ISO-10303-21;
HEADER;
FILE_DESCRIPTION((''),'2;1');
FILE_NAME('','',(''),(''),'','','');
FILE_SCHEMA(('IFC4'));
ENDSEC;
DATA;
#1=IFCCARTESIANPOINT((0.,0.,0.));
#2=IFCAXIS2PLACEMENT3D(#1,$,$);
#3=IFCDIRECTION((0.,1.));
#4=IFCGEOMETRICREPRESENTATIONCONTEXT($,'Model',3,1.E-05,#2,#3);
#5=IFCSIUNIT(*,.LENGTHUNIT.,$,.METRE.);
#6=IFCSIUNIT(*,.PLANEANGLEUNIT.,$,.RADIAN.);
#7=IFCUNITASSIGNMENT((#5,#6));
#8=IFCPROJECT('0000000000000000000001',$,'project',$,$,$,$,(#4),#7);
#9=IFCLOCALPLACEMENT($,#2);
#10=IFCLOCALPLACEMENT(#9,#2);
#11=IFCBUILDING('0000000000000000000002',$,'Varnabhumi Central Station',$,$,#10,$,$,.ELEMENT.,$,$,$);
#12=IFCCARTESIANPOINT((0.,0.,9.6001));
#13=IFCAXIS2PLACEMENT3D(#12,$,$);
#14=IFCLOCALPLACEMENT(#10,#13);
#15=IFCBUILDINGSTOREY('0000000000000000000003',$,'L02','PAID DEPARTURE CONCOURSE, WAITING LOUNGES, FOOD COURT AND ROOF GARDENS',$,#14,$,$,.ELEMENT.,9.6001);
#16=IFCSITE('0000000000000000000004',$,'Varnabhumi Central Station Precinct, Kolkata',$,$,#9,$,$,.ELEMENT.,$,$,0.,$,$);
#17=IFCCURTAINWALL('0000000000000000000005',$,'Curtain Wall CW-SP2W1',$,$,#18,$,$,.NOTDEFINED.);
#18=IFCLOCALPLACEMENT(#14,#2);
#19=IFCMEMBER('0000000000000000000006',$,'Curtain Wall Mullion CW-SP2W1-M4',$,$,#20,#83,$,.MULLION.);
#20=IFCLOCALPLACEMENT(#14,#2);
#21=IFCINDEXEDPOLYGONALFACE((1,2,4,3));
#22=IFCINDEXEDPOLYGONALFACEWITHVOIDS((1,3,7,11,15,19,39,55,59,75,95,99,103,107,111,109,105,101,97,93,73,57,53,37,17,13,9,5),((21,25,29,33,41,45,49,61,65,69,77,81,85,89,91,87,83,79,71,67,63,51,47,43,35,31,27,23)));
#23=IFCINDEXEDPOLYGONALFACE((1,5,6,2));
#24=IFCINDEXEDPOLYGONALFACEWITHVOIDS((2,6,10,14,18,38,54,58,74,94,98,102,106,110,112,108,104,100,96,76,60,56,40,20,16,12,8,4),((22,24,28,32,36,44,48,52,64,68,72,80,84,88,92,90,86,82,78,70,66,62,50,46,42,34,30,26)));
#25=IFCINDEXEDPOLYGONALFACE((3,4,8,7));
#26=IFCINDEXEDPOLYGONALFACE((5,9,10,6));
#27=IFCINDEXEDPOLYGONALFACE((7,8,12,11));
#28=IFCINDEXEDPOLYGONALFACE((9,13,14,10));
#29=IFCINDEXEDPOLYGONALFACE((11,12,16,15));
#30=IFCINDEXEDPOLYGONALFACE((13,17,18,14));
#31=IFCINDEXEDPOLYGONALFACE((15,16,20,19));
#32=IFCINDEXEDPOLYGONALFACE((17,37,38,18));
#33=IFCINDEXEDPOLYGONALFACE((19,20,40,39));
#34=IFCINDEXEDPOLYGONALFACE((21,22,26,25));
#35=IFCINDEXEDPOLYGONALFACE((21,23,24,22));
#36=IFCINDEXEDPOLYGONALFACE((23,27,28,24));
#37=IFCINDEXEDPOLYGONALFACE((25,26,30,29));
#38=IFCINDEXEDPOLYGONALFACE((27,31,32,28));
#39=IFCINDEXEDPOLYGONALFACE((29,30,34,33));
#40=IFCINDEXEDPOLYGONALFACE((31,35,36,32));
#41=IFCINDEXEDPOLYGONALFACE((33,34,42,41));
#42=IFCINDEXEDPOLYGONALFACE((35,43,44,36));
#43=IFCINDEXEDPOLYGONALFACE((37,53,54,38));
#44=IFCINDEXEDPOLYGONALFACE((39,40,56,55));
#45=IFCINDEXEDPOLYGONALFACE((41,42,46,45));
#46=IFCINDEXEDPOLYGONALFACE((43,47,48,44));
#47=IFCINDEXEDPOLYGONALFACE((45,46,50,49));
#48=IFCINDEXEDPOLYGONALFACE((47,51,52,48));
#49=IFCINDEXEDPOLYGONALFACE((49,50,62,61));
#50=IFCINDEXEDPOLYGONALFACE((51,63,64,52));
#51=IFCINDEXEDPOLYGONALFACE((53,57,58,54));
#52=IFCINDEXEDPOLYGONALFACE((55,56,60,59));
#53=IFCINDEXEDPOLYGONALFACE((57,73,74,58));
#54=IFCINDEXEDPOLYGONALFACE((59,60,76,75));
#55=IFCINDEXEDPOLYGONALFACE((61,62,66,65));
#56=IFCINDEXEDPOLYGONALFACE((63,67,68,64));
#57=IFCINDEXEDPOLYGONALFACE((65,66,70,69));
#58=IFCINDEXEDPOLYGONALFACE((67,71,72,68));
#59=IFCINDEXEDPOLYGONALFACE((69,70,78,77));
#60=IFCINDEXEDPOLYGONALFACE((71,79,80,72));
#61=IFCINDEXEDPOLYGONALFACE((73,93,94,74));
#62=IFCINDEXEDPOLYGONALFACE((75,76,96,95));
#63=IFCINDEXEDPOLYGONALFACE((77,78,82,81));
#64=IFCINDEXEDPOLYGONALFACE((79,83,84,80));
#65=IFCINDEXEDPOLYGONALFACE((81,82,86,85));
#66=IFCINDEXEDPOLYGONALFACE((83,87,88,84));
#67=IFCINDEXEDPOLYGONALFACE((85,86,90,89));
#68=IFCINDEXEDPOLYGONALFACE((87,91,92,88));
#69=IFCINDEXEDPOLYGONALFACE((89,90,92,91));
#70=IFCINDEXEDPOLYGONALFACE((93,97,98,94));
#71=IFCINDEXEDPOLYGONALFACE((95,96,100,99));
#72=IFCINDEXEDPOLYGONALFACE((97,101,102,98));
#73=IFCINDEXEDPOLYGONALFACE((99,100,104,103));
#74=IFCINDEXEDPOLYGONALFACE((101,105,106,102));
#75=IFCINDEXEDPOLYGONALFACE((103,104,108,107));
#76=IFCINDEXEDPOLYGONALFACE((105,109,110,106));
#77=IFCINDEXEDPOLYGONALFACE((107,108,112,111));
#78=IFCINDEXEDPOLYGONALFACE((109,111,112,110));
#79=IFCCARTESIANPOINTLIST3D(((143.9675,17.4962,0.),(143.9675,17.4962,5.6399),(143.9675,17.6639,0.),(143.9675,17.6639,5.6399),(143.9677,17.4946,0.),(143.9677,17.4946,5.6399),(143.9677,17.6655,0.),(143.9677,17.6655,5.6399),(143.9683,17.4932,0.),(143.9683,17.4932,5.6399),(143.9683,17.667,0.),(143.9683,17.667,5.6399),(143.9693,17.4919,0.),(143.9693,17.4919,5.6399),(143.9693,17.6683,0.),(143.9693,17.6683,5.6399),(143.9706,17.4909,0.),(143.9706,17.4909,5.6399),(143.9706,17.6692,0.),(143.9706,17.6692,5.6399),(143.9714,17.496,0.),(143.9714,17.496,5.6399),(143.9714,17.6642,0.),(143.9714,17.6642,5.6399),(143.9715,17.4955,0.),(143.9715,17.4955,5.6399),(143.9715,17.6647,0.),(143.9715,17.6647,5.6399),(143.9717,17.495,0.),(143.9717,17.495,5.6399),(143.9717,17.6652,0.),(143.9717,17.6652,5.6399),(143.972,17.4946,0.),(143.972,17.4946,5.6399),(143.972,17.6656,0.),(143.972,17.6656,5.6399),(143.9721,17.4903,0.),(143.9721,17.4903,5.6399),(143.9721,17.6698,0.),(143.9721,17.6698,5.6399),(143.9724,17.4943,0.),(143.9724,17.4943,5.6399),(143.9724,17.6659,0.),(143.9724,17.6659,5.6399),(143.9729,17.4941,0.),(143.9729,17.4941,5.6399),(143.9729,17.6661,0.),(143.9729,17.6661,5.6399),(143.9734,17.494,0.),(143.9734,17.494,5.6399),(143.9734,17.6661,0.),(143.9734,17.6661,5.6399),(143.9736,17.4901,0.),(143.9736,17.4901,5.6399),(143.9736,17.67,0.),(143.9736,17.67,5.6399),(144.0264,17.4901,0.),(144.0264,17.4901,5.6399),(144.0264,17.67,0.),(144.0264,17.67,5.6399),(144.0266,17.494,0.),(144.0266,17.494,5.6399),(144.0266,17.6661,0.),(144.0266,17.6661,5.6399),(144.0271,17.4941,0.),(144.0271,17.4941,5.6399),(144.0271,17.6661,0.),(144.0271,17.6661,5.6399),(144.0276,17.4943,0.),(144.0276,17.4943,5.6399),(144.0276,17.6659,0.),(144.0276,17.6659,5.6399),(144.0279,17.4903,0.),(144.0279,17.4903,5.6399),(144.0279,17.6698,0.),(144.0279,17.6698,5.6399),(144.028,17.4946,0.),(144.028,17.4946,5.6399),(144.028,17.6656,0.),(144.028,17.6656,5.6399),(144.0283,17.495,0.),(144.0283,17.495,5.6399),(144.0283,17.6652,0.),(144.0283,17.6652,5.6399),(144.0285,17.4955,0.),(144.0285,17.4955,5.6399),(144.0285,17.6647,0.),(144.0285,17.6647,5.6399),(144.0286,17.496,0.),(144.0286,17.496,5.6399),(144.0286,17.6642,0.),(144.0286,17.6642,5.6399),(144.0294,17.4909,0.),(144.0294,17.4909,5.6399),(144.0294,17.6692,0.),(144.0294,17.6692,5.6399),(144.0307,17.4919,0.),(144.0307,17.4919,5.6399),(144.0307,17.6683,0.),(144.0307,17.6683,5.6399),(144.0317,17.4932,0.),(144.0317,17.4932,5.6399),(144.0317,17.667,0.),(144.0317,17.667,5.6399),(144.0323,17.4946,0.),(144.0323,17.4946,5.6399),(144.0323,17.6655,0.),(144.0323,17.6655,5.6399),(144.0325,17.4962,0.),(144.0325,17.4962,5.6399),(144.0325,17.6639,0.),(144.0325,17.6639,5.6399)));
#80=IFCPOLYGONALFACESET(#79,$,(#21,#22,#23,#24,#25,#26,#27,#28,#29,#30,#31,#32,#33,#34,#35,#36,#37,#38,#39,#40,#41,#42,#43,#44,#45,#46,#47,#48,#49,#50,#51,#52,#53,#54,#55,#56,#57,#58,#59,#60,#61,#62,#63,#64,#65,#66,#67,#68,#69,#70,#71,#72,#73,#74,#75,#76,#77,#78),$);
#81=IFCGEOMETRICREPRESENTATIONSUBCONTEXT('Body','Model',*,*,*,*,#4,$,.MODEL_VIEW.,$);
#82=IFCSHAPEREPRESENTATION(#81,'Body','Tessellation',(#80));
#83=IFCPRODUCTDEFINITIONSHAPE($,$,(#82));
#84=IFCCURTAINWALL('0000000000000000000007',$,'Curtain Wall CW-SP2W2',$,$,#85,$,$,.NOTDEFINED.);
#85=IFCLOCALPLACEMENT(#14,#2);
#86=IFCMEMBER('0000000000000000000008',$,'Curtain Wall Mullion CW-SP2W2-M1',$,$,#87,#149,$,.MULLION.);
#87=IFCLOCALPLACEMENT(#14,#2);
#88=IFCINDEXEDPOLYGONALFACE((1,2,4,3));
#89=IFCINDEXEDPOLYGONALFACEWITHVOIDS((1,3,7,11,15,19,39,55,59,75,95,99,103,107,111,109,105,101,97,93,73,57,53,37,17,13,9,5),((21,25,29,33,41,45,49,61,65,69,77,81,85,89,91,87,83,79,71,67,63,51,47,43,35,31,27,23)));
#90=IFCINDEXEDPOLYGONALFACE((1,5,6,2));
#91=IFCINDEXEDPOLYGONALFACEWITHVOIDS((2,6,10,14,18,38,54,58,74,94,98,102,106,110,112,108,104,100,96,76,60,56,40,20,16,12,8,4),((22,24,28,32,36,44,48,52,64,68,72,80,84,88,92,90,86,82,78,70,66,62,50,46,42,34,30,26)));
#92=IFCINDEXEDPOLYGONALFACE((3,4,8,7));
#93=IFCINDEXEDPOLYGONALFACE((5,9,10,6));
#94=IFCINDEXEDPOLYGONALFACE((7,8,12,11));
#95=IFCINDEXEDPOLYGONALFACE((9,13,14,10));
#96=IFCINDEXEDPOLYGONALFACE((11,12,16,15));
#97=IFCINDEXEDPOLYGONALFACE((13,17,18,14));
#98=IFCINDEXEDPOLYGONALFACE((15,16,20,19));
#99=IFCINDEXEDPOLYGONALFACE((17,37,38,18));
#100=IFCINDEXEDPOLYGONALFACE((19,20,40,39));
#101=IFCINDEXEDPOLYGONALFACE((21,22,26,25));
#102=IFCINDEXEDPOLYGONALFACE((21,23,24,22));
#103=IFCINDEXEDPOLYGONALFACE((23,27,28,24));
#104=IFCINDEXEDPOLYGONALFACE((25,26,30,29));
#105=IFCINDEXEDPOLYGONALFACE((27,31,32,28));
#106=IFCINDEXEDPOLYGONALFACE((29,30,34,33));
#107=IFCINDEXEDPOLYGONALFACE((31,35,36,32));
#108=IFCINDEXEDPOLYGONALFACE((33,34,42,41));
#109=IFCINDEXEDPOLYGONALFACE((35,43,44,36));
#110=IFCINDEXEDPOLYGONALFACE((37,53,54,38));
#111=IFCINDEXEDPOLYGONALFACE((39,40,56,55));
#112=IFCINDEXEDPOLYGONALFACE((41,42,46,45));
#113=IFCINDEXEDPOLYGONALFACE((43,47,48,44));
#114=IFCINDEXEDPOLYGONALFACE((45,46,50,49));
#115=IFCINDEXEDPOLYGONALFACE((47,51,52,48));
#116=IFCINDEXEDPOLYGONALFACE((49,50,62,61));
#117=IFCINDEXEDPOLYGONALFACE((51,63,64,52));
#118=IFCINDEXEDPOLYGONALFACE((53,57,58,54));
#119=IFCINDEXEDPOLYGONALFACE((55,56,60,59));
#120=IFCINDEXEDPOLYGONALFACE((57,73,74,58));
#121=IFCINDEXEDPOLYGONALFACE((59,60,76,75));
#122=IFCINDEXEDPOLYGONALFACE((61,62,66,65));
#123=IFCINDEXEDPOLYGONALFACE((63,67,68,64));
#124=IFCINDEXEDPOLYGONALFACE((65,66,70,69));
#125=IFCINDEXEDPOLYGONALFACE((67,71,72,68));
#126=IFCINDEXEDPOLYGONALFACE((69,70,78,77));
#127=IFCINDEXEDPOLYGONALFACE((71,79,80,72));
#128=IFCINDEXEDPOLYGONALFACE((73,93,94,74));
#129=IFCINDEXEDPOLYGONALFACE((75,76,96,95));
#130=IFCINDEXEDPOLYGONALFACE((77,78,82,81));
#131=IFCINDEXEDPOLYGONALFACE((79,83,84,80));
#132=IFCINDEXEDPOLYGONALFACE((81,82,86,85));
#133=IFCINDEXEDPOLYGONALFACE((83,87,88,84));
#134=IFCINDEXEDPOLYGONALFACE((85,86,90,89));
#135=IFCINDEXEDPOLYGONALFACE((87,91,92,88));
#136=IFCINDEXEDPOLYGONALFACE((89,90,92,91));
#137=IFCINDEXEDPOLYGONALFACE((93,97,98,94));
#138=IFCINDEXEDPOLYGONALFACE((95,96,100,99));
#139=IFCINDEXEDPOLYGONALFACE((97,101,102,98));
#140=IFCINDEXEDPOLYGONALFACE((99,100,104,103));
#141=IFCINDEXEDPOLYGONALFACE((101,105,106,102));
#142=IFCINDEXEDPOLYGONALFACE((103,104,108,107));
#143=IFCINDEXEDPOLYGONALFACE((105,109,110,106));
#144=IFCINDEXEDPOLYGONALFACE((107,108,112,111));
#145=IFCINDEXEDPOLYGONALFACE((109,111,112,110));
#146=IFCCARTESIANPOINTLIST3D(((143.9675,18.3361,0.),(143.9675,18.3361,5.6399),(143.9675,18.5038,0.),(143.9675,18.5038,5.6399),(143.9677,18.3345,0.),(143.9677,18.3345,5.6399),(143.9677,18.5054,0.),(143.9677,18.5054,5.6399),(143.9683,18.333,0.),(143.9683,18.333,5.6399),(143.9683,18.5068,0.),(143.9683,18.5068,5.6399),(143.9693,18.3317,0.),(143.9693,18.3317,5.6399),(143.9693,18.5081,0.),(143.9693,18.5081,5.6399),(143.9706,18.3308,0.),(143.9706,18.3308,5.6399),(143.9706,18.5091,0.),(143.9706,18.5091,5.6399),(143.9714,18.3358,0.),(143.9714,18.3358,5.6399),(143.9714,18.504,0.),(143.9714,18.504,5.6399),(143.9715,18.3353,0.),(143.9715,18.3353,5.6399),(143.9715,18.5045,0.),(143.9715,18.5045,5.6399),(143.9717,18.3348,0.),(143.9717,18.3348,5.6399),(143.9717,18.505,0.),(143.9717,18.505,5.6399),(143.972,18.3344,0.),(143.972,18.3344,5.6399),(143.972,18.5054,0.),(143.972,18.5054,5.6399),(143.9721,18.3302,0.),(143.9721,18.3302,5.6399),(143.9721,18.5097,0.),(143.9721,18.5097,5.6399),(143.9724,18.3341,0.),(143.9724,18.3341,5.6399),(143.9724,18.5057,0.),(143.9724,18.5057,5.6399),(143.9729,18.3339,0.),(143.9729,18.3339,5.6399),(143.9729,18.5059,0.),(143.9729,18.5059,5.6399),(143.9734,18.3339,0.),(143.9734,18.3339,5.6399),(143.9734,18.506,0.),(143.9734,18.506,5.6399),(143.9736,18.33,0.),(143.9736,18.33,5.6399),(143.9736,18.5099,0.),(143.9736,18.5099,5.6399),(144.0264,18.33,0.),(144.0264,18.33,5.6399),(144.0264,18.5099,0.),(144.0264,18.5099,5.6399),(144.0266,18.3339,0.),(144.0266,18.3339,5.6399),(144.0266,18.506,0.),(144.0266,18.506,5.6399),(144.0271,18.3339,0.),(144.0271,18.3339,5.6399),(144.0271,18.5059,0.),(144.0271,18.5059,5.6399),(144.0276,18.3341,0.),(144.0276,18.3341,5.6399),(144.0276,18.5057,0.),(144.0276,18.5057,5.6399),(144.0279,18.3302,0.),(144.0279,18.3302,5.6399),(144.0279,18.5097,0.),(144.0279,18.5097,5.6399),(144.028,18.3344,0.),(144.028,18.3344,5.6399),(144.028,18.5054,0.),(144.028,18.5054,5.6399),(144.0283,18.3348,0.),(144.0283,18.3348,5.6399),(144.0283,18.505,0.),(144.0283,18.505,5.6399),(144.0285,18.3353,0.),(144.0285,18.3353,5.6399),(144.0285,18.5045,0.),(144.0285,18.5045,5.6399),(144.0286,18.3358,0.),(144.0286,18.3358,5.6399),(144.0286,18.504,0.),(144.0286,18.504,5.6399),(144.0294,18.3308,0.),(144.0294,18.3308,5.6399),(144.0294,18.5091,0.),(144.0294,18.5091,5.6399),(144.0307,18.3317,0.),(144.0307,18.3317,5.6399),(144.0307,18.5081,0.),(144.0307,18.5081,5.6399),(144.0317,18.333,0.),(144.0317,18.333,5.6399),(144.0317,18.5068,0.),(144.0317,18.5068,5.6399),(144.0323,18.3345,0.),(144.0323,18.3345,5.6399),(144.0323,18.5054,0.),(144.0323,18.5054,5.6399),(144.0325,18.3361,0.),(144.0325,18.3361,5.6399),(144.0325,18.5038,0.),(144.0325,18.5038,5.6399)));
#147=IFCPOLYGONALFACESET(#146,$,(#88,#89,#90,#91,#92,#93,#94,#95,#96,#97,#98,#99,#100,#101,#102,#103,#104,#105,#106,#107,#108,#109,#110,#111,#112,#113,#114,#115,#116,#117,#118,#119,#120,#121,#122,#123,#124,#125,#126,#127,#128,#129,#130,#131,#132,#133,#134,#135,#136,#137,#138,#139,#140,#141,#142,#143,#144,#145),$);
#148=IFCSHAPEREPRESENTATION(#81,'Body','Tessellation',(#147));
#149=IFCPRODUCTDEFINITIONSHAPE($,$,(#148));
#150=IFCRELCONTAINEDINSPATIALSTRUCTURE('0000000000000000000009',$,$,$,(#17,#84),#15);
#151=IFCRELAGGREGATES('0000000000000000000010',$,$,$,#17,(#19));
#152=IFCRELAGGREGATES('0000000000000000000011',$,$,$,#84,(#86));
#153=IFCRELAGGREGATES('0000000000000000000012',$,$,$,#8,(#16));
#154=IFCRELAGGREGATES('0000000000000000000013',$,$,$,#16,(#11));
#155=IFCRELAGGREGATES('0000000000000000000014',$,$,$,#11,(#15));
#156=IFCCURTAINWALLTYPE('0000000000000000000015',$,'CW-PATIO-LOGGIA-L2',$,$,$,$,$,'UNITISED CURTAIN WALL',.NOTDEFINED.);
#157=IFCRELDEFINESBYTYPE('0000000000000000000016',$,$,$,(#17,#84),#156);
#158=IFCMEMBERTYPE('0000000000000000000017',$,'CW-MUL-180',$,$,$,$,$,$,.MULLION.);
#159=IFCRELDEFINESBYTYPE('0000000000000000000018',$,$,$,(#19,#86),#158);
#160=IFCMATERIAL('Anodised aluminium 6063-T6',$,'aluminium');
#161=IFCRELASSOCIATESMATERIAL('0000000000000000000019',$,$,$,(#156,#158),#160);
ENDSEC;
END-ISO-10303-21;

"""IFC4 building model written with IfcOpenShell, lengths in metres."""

from ifc_helpers import new_model, si_unit, direction, frame, origin, origin_2d, place, context, subcontext, project, spatial, hollow_rectangle, extrude, material, material_profile, profile_set, type_object, element, aggregate, save


model = new_model("IFC4")

# Units and contexts
model_context = context("Model", 3, precision=1e-05, world=origin(), true_north=direction((0.0, 1.0)))
body_context = subcontext(model_context, "Body", "Model", "MODEL_VIEW")
ifc_project = project(units=[si_unit("LENGTHUNIT", "METRE"), si_unit("PLANEANGLEUNIT", "RADIAN")], contexts=[model_context])

# Site, building, storey
site_placement = place(None, origin())
site = spatial("IfcSite", under=ifc_project, at=site_placement, Name="Varnabhumi Central Station Precinct, Kolkata", CompositionType="ELEMENT", RefElevation=0.0)
building_placement = place(site_placement, origin())
building = spatial("IfcBuilding", under=site, at=building_placement, Name="Varnabhumi Central Station", CompositionType="ELEMENT")
storey_placement = place(building_placement, frame((0.0, 0.0, 9.6001)))
storey = spatial("IfcBuildingStorey", under=building, at=storey_placement, Name="L02", Description="PAID DEPARTURE CONCOURSE, WAITING LOUNGES, FOOD COURT AND ROOF GARDENS", CompositionType="ELEMENT", Elevation=9.6001)

# Curtain walls, members
ifc_material_1 = material(Name="Anodised aluminium 6063-T6", Category="aluminium")
curtain_wall_type = type_object("IfcCurtainWallType", Name="CW-PATIO-LOGGIA-L2", ElementType="UNITISED CURTAIN WALL", PredefinedType="NOTDEFINED", material=ifc_material_1)
curtain_wall_1_placement = place(storey_placement, origin())
curtain_wall_1 = element("IfcCurtainWall", 1, at=curtain_wall_1_placement, inside=storey, type_object=curtain_wall_type, Name="Curtain Wall CW-SP2W1", PredefinedType="NOTDEFINED")
ifc_material_profile_1 = material_profile(ifc_material_1, hollow_rectangle(XDim=0.0649, YDim=0.1799, WallThickness=0.0039, InnerFilletRadius=0.002, OuterFilletRadius=0.0061, at=origin_2d()), Name="Anodised aluminium 6063-T6", Category="aluminium")
ifc_profile_set_1 = profile_set([ifc_material_profile_1], Name="Anodised aluminium 6063-T6")
member_type_1 = type_object("IfcMemberType", Name="CW-MUL-180", PredefinedType="MULLION", material=ifc_profile_set_1)
member_1_placement = place(storey_placement, frame((144.0, 17.5801, 0.0), z_axis=(0.0, 0.0, 1.0), x_axis=(1.0, 0.0, 0.0)))
member_1 = element("IfcMember", 2, at=member_1_placement, type_object=member_type_1, Name="Curtain Wall Mullion CW-SP2W1-M4", PredefinedType="MULLION", context=body_context, shape_type="SweptSolid", body=[
    extrude(hollow_rectangle(XDim=0.0649, YDim=0.1799, WallThickness=0.0039, InnerFilletRadius=0.002, OuterFilletRadius=0.0061, at=origin_2d()), origin(), (0.0, 0.0, 1.0), 5.6399),
])
curtain_wall_2_placement = place(storey_placement, origin())
curtain_wall_2 = element("IfcCurtainWall", 3, at=curtain_wall_2_placement, inside=storey, type_object=curtain_wall_type, Name="Curtain Wall CW-SP2W2", PredefinedType="NOTDEFINED")
member_2_placement = place(storey_placement, frame((144.0, 18.4199, 0.0), z_axis=(0.0, 0.0, 1.0), x_axis=(1.0, 0.0, 0.0)))
member_2 = element("IfcMember", 4, at=member_2_placement, type_object=member_type_1, Name="Curtain Wall Mullion CW-SP2W2-M1", PredefinedType="MULLION", context=body_context, shape_type="SweptSolid", body=[
    extrude(hollow_rectangle(XDim=0.0649, YDim=0.1799, WallThickness=0.0039, InnerFilletRadius=0.002, OuterFilletRadius=0.0061, at=origin_2d()), origin(), (0.0, 0.0, 1.0), 5.6399),
])

aggregate(curtain_wall_1, [member_1])
aggregate(curtain_wall_2, [member_2])

save(model, "model.ifc")
